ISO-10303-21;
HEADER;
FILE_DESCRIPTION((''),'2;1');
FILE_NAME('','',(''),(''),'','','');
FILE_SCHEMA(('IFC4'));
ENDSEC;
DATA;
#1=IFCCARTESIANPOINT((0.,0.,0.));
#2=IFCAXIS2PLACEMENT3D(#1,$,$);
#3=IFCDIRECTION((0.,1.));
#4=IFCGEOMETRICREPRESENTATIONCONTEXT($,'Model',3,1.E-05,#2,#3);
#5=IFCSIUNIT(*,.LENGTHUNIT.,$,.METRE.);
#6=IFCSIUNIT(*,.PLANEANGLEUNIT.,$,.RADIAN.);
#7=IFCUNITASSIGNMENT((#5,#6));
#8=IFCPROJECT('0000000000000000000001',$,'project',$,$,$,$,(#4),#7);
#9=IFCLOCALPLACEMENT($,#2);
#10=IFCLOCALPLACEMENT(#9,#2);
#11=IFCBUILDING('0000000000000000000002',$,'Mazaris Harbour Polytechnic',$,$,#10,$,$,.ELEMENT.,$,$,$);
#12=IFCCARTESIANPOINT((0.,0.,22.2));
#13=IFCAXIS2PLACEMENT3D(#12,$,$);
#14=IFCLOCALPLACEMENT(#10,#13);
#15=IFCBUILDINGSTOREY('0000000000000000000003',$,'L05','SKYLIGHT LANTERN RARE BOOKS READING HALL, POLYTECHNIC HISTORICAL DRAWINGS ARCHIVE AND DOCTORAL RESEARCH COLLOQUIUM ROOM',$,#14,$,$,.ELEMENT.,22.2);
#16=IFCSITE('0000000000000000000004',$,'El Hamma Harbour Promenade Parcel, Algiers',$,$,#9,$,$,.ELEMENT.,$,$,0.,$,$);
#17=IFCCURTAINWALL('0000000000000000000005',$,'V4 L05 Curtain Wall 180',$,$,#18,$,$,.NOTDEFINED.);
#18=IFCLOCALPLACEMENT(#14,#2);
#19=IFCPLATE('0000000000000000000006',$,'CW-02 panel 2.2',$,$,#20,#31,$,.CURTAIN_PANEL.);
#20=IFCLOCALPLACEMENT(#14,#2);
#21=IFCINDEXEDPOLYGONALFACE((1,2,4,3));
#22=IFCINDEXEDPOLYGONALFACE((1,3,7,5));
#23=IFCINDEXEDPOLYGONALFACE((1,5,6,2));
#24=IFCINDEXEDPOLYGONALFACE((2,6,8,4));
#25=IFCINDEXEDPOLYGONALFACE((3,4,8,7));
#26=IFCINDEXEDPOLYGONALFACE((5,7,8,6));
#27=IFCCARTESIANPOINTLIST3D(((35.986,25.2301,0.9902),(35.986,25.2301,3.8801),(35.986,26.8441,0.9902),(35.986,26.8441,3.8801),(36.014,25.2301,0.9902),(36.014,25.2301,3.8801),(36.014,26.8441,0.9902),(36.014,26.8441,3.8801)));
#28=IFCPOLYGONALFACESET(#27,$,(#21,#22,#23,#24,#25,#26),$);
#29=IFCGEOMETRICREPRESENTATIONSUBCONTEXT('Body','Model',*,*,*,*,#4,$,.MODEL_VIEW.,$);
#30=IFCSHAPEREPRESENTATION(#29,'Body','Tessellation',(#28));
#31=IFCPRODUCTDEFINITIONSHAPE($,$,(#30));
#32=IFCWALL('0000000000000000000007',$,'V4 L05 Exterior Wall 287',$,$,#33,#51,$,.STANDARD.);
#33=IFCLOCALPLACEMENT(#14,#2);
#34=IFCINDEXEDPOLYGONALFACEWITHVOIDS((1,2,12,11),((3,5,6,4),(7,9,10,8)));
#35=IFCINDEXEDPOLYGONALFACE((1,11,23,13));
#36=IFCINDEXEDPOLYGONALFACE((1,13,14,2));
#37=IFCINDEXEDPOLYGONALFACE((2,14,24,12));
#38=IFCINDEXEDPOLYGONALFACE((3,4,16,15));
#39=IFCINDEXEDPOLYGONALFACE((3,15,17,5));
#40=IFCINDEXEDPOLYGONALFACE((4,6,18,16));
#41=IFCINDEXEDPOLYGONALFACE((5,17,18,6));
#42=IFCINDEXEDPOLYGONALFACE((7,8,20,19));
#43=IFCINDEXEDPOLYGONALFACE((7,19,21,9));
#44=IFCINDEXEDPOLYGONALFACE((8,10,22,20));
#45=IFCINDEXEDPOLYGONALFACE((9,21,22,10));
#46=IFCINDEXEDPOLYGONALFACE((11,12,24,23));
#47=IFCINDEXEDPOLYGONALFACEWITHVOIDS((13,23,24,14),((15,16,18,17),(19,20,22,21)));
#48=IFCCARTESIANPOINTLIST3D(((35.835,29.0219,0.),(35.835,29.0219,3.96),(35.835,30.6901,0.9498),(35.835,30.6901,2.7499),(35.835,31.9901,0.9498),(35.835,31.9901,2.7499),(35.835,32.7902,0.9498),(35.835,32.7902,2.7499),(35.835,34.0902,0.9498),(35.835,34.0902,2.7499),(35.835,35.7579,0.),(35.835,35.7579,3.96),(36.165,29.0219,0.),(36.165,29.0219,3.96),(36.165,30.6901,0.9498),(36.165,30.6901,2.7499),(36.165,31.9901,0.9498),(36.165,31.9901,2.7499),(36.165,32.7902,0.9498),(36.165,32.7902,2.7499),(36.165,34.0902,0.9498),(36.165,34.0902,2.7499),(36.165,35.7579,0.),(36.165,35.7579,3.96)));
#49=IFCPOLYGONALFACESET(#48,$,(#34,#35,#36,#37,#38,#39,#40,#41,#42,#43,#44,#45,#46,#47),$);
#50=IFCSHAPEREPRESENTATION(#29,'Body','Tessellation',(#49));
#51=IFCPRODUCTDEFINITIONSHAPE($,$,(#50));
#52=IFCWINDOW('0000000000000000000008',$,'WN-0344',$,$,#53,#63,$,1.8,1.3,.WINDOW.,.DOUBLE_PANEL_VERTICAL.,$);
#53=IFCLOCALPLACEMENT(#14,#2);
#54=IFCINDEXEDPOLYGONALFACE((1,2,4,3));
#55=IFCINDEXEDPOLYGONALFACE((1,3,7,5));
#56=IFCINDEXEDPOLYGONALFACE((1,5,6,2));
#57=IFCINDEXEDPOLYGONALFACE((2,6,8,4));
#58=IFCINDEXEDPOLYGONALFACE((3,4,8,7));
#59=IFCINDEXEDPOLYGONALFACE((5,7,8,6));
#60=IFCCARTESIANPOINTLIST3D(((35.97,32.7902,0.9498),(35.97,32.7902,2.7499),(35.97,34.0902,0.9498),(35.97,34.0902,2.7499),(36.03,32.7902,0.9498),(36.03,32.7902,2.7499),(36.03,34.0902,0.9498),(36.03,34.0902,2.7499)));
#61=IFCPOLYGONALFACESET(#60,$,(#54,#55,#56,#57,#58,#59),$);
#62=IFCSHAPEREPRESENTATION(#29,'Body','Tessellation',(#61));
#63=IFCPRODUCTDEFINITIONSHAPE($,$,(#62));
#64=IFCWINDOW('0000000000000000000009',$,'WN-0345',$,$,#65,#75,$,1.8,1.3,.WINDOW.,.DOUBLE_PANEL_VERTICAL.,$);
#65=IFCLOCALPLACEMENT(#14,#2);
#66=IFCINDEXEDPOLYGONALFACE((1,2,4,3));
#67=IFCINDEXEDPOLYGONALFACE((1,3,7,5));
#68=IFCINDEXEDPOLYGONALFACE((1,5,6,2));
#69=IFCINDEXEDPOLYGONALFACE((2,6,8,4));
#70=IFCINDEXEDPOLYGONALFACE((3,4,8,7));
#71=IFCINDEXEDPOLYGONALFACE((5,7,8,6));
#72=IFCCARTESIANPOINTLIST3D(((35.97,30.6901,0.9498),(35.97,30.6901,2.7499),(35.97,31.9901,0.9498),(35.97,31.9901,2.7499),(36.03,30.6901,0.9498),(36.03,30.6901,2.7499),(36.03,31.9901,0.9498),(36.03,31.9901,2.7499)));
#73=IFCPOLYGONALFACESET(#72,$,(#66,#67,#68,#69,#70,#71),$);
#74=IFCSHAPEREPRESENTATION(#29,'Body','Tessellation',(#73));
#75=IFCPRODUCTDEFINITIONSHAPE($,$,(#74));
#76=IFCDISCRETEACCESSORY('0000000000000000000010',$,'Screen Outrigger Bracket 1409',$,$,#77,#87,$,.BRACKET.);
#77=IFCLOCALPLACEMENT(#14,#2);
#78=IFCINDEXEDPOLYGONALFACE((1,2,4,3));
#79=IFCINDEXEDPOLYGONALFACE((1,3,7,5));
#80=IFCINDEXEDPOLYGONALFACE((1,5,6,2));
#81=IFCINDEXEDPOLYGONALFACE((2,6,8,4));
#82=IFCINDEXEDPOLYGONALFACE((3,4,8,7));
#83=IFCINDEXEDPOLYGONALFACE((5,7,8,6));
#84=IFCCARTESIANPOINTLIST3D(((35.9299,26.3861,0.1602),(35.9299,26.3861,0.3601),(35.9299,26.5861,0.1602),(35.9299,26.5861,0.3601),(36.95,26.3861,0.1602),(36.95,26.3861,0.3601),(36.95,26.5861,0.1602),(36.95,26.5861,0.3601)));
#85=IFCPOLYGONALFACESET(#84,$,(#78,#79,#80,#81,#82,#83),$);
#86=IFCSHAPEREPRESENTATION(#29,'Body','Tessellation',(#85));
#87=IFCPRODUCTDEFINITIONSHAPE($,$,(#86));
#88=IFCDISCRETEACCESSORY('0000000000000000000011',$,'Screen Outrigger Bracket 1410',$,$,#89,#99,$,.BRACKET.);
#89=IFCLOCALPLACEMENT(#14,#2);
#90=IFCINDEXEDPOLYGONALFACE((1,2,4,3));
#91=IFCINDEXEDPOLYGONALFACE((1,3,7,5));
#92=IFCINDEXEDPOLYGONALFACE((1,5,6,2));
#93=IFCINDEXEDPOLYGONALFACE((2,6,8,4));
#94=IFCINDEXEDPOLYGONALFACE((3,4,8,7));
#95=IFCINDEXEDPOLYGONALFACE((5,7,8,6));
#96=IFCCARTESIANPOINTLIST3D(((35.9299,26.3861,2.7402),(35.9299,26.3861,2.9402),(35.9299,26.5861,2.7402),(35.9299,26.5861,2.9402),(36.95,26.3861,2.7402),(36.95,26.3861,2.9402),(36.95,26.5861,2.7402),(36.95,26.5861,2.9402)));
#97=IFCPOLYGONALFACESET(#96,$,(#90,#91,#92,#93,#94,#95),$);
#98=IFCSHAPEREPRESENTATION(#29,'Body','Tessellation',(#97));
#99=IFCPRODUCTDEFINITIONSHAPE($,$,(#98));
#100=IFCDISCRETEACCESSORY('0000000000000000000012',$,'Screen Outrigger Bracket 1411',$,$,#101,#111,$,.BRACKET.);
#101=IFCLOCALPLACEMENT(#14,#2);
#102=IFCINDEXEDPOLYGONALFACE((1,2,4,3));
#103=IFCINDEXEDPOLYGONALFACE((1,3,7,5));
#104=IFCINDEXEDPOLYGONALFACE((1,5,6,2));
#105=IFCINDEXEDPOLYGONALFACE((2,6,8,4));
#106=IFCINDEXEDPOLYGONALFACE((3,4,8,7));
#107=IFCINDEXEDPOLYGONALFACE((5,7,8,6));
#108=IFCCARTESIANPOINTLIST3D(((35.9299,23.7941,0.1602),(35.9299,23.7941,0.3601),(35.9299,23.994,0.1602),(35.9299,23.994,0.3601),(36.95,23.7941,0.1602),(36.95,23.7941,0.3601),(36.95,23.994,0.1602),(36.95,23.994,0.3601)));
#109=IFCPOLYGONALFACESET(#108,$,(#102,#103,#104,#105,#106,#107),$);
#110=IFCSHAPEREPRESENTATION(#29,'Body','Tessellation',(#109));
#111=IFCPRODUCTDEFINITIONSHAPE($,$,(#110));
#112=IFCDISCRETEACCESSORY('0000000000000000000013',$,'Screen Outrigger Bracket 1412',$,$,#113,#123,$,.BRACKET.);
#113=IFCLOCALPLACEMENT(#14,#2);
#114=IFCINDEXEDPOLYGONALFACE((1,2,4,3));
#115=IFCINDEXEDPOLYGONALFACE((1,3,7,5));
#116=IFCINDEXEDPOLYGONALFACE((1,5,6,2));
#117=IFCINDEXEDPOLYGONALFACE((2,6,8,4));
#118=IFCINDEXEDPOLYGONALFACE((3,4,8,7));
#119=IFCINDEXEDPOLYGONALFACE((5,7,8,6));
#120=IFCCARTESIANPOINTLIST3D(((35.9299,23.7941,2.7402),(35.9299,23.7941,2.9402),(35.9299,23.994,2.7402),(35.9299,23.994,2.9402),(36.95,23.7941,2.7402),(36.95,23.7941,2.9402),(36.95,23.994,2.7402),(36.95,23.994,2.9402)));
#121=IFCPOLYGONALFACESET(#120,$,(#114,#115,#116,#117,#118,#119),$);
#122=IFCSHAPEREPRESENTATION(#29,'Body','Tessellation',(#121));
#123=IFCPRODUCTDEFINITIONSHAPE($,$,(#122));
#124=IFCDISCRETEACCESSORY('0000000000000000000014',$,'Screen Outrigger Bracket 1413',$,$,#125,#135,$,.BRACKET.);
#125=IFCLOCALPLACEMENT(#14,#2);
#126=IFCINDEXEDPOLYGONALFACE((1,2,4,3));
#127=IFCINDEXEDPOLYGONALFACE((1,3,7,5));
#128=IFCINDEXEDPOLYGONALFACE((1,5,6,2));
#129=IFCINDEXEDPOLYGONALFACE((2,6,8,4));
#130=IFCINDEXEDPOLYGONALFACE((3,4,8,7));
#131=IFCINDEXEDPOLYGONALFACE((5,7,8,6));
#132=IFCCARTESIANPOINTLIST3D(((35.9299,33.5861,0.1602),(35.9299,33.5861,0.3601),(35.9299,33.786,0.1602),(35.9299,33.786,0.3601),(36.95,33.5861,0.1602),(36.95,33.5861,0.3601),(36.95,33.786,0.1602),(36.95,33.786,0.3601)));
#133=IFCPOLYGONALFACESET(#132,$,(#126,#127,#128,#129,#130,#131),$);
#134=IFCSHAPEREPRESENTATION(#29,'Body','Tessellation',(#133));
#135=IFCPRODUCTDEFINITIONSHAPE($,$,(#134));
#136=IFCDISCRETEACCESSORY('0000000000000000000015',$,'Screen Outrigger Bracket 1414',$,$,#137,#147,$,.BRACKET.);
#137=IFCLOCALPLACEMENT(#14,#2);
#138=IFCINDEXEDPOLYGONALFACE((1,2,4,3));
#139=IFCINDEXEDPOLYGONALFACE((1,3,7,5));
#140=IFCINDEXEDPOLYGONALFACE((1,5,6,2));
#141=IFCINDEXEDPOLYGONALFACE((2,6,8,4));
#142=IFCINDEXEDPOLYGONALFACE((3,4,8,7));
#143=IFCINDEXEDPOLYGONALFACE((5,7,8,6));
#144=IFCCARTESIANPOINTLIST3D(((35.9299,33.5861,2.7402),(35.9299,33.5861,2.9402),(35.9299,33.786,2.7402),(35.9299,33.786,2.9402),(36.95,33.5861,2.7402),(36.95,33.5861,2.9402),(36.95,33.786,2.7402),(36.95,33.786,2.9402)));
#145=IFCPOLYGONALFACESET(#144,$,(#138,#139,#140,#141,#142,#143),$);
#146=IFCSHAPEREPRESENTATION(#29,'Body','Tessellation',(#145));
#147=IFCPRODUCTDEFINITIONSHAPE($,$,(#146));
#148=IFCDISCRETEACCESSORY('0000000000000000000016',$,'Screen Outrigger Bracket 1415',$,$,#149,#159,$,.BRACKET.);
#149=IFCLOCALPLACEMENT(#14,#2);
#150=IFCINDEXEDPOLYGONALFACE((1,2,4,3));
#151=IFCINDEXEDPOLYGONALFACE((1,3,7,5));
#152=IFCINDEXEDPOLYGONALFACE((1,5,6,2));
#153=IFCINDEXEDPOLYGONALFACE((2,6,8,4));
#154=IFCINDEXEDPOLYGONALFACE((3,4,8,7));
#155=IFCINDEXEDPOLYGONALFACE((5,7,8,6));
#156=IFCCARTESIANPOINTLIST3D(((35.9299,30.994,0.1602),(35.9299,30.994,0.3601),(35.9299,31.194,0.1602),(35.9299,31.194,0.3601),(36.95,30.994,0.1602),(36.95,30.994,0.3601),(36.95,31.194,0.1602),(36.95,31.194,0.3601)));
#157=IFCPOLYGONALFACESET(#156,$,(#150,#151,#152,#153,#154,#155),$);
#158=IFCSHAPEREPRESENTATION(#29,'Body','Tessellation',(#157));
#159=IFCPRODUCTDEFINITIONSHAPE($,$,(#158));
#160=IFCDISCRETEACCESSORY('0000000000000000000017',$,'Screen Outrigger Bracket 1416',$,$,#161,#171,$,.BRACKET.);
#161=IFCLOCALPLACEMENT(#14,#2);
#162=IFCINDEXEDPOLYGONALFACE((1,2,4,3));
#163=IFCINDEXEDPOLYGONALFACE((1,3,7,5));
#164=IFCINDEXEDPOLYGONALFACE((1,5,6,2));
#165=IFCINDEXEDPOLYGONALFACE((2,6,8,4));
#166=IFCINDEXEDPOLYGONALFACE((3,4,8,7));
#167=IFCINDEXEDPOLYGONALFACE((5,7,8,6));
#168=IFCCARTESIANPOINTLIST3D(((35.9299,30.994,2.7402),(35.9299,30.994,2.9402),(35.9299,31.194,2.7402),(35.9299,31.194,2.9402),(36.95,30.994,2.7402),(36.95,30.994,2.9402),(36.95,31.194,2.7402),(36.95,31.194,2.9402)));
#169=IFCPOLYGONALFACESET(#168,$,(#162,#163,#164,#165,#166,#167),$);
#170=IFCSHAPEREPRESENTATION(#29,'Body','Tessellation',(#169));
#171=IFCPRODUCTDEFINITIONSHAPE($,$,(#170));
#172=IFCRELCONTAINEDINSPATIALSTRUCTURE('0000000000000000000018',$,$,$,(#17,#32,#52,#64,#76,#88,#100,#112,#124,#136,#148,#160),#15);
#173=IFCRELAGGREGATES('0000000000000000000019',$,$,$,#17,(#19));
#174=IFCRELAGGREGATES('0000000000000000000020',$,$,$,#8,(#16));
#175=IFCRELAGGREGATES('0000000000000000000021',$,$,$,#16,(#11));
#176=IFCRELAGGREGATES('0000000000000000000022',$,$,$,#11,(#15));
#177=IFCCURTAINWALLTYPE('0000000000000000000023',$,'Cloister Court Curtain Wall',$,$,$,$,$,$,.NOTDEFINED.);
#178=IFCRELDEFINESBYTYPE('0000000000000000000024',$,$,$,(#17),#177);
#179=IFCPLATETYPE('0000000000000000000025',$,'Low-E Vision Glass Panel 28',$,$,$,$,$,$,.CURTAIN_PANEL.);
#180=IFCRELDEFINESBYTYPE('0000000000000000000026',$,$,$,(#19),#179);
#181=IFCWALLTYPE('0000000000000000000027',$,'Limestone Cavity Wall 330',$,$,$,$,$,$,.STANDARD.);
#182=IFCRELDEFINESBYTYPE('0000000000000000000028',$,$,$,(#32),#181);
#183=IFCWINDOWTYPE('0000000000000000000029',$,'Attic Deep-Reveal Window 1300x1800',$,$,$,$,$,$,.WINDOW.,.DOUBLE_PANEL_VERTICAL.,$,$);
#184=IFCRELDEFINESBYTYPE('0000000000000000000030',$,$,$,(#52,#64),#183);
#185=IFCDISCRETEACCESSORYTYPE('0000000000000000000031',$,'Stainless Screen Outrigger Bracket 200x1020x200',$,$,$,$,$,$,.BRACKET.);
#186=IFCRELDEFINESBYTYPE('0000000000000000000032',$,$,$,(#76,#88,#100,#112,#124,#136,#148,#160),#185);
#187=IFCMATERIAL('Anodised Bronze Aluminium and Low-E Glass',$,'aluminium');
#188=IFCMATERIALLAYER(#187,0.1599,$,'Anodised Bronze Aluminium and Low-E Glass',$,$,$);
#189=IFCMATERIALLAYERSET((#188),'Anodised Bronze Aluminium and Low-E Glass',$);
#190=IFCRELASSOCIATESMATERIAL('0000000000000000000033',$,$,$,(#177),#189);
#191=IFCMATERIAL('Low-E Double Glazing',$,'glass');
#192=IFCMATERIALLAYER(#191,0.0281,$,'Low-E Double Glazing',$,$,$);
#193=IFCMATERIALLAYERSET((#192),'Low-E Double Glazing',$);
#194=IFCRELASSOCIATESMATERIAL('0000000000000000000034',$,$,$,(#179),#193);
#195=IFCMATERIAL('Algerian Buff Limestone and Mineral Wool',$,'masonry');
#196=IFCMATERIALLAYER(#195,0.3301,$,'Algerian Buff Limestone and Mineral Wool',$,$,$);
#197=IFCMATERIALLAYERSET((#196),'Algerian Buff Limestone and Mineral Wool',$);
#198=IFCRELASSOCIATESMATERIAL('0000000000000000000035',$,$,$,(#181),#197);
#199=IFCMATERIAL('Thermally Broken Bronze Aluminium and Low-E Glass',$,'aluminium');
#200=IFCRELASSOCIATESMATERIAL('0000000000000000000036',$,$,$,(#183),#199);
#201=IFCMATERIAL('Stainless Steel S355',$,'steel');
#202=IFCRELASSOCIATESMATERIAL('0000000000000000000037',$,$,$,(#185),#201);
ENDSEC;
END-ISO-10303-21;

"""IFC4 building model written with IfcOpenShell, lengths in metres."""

from ifc_helpers import new_model, si_unit, direction, frame, frame_2d, origin, origin_2d, place, context, subcontext, project, spatial, rectangle, extrude, material, layer, layer_set, type_object, element, fill, aggregate, save


model = new_model("IFC4")

# Units and contexts
model_context = context("Model", 3, precision=1e-05, world=origin(), true_north=direction((0.0, 1.0)))
body_context = subcontext(model_context, "Body", "Model", "MODEL_VIEW")
ifc_project = project(units=[si_unit("LENGTHUNIT", "METRE"), si_unit("PLANEANGLEUNIT", "RADIAN")], contexts=[model_context])

# Site, building, storey
site_placement = place(None, origin())
site = spatial("IfcSite", under=ifc_project, at=site_placement, Name="El Hamma Harbour Promenade Parcel, Algiers", CompositionType="ELEMENT", RefElevation=0.0)
building_placement = place(site_placement, origin())
building = spatial("IfcBuilding", under=site, at=building_placement, Name="Mazaris Harbour Polytechnic", CompositionType="ELEMENT")
storey_placement = place(building_placement, frame((0.0, 0.0, 22.2)))
storey = spatial("IfcBuildingStorey", under=building, at=storey_placement, Name="L05", Description="SKYLIGHT LANTERN RARE BOOKS READING HALL, POLYTECHNIC HISTORICAL DRAWINGS ARCHIVE AND DOCTORAL RESEARCH COLLOQUIUM ROOM", CompositionType="ELEMENT", Elevation=22.2)

# Curtain wall, plate
ifc_material_1 = material(Name="Anodised Bronze Aluminium and Low-E Glass", Category="aluminium")
ifc_layer_1 = layer(ifc_material_1, 0.1599, Name="Anodised Bronze Aluminium and Low-E Glass")
ifc_layer_set_1 = layer_set([ifc_layer_1], Name="Anodised Bronze Aluminium and Low-E Glass")
curtain_wall_type = type_object("IfcCurtainWallType", Name="Cloister Court Curtain Wall", PredefinedType="NOTDEFINED", material=ifc_layer_set_1)
curtain_wall_placement = place(storey_placement, origin())
curtain_wall = element("IfcCurtainWall", 1, at=curtain_wall_placement, inside=storey, type_object=curtain_wall_type, Name="V4 L05 Curtain Wall 180", PredefinedType="NOTDEFINED")
ifc_material_2 = material(Name="Low-E Double Glazing", Category="glass")
ifc_layer_2 = layer(ifc_material_2, 0.0281, Name="Low-E Double Glazing")
ifc_layer_set_2 = layer_set([ifc_layer_2], Name="Low-E Double Glazing")
plate_type = type_object("IfcPlateType", Name="Low-E Vision Glass Panel 28", PredefinedType="CURTAIN_PANEL", material=ifc_layer_set_2)
plate_1_placement = place(storey_placement, frame((36.0, 26.0371, 0.9902), z_axis=(0.0, 0.0, 1.0), x_axis=(0.0, -1.0, 0.0)))
plate_1 = element("IfcPlate", 2, at=plate_1_placement, type_object=plate_type, Name="CW-02 panel 2.2", PredefinedType="CURTAIN_PANEL", context=body_context, shape_type="SweptSolid", body=[
    extrude(rectangle(XDim=1.614, YDim=0.0281, at=origin_2d()), origin(), (0.0, 0.0, 1.0), 2.8899),
])
aggregate(curtain_wall, [plate_1])

# Wall, openings, windows
ifc_material_3 = material(Name="Algerian Buff Limestone and Mineral Wool", Category="masonry")
ifc_layer_3 = layer(ifc_material_3, 0.3301, Name="Algerian Buff Limestone and Mineral Wool")
ifc_layer_set_3 = layer_set([ifc_layer_3], Name="Algerian Buff Limestone and Mineral Wool")
wall_type = type_object("IfcWallType", Name="Limestone Cavity Wall 330", PredefinedType="STANDARD", material=ifc_layer_set_3)
wall_placement = place(storey_placement, frame((36.0, 35.7581, 0.0), z_axis=(0.0, 0.0, 1.0), x_axis=(0.0, -1.0, 0.0)))
wall = element("IfcWall", 3, at=wall_placement, inside=storey, type_object=wall_type, Name="V4 L05 Exterior Wall 287", PredefinedType="STANDARD", context=body_context, shape_type="SweptSolid", body=[
    extrude(rectangle(XDim=6.7361, YDim=0.3301, at=frame_2d((3.3682, 0.0))), origin(), (0.0, 0.0, 1.0), 3.96),
])
opening_1_placement = place(wall_placement, frame((1.668, 0.0, 0.95)))
opening_1 = element("IfcOpeningElement", 4, at=opening_1_placement, cuts=wall, PredefinedType="OPENING", context=body_context, shape_type="SweptSolid", body=[
    extrude(rectangle(XDim=1.3, YDim=1.8, at=frame_2d((0.6499, 0.8999))), frame((0.0, 0.175, 0.0), z_axis=(0.0, -1.0, 0.0), x_axis=(1.0, 0.0, 0.0)), (0.0, 0.0, 1.0), 0.3501),
])
opening_2_placement = place(wall_placement, frame((3.7681, 0.0, 0.95)))
opening_2 = element("IfcOpeningElement", 5, at=opening_2_placement, cuts=wall, PredefinedType="OPENING", context=body_context, shape_type="SweptSolid", body=[
    extrude(rectangle(XDim=1.3, YDim=1.8, at=frame_2d((0.6499, 0.8999))), frame((0.0, 0.175, 0.0), z_axis=(0.0, -1.0, 0.0), x_axis=(1.0, 0.0, 0.0)), (0.0, 0.0, 1.0), 0.3501),
])
ifc_material_4 = material(Name="Thermally Broken Bronze Aluminium and Low-E Glass", Category="aluminium")
window_type = type_object("IfcWindowType", Name="Attic Deep-Reveal Window 1300x1800", PartitioningType="DOUBLE_PANEL_VERTICAL", PredefinedType="WINDOW", material=ifc_material_4)
window_1_placement = place(opening_1_placement, origin())
window_1 = element("IfcWindow", 6, at=window_1_placement, inside=storey, type_object=window_type, Name="WN-0344", OverallHeight=1.8, OverallWidth=1.3, PartitioningType="DOUBLE_PANEL_VERTICAL", PredefinedType="WINDOW", context=body_context, shape_type="SweptSolid", body=[
    extrude(rectangle(XDim=1.3, YDim=1.8, at=frame_2d((0.6499, 0.8999))), frame((0.0, 0.03, 0.0), z_axis=(0.0, -1.0, 0.0), x_axis=(1.0, 0.0, 0.0)), (0.0, 0.0, 1.0), 0.0601),
])
fill(opening_1, window_1)
window_2_placement = place(opening_2_placement, origin())
window_2 = element("IfcWindow", 7, at=window_2_placement, inside=storey, type_object=window_type, Name="WN-0345", OverallHeight=1.8, OverallWidth=1.3, PartitioningType="DOUBLE_PANEL_VERTICAL", PredefinedType="WINDOW", context=body_context, shape_type="SweptSolid", body=[
    extrude(rectangle(XDim=1.3, YDim=1.8, at=frame_2d((0.6499, 0.8999))), frame((0.0, 0.03, 0.0), z_axis=(0.0, -1.0, 0.0), x_axis=(1.0, 0.0, 0.0)), (0.0, 0.0, 1.0), 0.0601),
])
fill(opening_2, window_2)

# Discrete accessories
ifc_material_5 = material(Name="Stainless Steel S355", Category="steel")
discrete_accessory_type = type_object("IfcDiscreteAccessoryType", Name="Stainless Screen Outrigger Bracket 200x1020x200", PredefinedType="BRACKET", material=ifc_material_5)
for number, where, z_axis, x_axis, name in (
    (8, (36.4399, 26.4861, 0.1602), (0.0, 0.0, 1.0), (0.0, -1.0, 0.0), "Screen Outrigger Bracket 1409"),
    (9, (36.4399, 26.4861, 2.7402), (0.0, 0.0, 1.0), (0.0, -1.0, 0.0), "Screen Outrigger Bracket 1410"),
    (10, (36.4399, 23.894, 0.1602), (0.0, 0.0, 1.0), (0.0, -1.0, 0.0), "Screen Outrigger Bracket 1411"),
    (11, (36.4399, 23.894, 2.7402), (0.0, 0.0, 1.0), (0.0, -1.0, 0.0), "Screen Outrigger Bracket 1412"),
    (12, (36.4399, 33.686, 0.1602), (0.0, 0.0, 1.0), (0.0, -1.0, 0.0), "Screen Outrigger Bracket 1413"),
    (13, (36.4399, 33.686, 2.7402), (0.0, 0.0, 1.0), (0.0, -1.0, 0.0), "Screen Outrigger Bracket 1414"),
    (14, (36.4399, 31.094, 0.1602), (0.0, 0.0, 1.0), (0.0, -1.0, 0.0), "Screen Outrigger Bracket 1415"),
    (15, (36.4399, 31.094, 2.7402), (0.0, 0.0, 1.0), (0.0, -1.0, 0.0), "Screen Outrigger Bracket 1416"),
):
    element("IfcDiscreteAccessory", number, at=place(storey_placement, frame(where, z_axis=z_axis, x_axis=x_axis)), inside=storey, type_object=discrete_accessory_type, Name=name, PredefinedType="BRACKET", context=body_context, shape_type="SweptSolid", body=[
        extrude(rectangle(XDim=0.2, YDim=1.02, at=origin_2d()), origin(), (0.0, 0.0, 1.0), 0.2),
    ])

save(model, "model.ifc")
